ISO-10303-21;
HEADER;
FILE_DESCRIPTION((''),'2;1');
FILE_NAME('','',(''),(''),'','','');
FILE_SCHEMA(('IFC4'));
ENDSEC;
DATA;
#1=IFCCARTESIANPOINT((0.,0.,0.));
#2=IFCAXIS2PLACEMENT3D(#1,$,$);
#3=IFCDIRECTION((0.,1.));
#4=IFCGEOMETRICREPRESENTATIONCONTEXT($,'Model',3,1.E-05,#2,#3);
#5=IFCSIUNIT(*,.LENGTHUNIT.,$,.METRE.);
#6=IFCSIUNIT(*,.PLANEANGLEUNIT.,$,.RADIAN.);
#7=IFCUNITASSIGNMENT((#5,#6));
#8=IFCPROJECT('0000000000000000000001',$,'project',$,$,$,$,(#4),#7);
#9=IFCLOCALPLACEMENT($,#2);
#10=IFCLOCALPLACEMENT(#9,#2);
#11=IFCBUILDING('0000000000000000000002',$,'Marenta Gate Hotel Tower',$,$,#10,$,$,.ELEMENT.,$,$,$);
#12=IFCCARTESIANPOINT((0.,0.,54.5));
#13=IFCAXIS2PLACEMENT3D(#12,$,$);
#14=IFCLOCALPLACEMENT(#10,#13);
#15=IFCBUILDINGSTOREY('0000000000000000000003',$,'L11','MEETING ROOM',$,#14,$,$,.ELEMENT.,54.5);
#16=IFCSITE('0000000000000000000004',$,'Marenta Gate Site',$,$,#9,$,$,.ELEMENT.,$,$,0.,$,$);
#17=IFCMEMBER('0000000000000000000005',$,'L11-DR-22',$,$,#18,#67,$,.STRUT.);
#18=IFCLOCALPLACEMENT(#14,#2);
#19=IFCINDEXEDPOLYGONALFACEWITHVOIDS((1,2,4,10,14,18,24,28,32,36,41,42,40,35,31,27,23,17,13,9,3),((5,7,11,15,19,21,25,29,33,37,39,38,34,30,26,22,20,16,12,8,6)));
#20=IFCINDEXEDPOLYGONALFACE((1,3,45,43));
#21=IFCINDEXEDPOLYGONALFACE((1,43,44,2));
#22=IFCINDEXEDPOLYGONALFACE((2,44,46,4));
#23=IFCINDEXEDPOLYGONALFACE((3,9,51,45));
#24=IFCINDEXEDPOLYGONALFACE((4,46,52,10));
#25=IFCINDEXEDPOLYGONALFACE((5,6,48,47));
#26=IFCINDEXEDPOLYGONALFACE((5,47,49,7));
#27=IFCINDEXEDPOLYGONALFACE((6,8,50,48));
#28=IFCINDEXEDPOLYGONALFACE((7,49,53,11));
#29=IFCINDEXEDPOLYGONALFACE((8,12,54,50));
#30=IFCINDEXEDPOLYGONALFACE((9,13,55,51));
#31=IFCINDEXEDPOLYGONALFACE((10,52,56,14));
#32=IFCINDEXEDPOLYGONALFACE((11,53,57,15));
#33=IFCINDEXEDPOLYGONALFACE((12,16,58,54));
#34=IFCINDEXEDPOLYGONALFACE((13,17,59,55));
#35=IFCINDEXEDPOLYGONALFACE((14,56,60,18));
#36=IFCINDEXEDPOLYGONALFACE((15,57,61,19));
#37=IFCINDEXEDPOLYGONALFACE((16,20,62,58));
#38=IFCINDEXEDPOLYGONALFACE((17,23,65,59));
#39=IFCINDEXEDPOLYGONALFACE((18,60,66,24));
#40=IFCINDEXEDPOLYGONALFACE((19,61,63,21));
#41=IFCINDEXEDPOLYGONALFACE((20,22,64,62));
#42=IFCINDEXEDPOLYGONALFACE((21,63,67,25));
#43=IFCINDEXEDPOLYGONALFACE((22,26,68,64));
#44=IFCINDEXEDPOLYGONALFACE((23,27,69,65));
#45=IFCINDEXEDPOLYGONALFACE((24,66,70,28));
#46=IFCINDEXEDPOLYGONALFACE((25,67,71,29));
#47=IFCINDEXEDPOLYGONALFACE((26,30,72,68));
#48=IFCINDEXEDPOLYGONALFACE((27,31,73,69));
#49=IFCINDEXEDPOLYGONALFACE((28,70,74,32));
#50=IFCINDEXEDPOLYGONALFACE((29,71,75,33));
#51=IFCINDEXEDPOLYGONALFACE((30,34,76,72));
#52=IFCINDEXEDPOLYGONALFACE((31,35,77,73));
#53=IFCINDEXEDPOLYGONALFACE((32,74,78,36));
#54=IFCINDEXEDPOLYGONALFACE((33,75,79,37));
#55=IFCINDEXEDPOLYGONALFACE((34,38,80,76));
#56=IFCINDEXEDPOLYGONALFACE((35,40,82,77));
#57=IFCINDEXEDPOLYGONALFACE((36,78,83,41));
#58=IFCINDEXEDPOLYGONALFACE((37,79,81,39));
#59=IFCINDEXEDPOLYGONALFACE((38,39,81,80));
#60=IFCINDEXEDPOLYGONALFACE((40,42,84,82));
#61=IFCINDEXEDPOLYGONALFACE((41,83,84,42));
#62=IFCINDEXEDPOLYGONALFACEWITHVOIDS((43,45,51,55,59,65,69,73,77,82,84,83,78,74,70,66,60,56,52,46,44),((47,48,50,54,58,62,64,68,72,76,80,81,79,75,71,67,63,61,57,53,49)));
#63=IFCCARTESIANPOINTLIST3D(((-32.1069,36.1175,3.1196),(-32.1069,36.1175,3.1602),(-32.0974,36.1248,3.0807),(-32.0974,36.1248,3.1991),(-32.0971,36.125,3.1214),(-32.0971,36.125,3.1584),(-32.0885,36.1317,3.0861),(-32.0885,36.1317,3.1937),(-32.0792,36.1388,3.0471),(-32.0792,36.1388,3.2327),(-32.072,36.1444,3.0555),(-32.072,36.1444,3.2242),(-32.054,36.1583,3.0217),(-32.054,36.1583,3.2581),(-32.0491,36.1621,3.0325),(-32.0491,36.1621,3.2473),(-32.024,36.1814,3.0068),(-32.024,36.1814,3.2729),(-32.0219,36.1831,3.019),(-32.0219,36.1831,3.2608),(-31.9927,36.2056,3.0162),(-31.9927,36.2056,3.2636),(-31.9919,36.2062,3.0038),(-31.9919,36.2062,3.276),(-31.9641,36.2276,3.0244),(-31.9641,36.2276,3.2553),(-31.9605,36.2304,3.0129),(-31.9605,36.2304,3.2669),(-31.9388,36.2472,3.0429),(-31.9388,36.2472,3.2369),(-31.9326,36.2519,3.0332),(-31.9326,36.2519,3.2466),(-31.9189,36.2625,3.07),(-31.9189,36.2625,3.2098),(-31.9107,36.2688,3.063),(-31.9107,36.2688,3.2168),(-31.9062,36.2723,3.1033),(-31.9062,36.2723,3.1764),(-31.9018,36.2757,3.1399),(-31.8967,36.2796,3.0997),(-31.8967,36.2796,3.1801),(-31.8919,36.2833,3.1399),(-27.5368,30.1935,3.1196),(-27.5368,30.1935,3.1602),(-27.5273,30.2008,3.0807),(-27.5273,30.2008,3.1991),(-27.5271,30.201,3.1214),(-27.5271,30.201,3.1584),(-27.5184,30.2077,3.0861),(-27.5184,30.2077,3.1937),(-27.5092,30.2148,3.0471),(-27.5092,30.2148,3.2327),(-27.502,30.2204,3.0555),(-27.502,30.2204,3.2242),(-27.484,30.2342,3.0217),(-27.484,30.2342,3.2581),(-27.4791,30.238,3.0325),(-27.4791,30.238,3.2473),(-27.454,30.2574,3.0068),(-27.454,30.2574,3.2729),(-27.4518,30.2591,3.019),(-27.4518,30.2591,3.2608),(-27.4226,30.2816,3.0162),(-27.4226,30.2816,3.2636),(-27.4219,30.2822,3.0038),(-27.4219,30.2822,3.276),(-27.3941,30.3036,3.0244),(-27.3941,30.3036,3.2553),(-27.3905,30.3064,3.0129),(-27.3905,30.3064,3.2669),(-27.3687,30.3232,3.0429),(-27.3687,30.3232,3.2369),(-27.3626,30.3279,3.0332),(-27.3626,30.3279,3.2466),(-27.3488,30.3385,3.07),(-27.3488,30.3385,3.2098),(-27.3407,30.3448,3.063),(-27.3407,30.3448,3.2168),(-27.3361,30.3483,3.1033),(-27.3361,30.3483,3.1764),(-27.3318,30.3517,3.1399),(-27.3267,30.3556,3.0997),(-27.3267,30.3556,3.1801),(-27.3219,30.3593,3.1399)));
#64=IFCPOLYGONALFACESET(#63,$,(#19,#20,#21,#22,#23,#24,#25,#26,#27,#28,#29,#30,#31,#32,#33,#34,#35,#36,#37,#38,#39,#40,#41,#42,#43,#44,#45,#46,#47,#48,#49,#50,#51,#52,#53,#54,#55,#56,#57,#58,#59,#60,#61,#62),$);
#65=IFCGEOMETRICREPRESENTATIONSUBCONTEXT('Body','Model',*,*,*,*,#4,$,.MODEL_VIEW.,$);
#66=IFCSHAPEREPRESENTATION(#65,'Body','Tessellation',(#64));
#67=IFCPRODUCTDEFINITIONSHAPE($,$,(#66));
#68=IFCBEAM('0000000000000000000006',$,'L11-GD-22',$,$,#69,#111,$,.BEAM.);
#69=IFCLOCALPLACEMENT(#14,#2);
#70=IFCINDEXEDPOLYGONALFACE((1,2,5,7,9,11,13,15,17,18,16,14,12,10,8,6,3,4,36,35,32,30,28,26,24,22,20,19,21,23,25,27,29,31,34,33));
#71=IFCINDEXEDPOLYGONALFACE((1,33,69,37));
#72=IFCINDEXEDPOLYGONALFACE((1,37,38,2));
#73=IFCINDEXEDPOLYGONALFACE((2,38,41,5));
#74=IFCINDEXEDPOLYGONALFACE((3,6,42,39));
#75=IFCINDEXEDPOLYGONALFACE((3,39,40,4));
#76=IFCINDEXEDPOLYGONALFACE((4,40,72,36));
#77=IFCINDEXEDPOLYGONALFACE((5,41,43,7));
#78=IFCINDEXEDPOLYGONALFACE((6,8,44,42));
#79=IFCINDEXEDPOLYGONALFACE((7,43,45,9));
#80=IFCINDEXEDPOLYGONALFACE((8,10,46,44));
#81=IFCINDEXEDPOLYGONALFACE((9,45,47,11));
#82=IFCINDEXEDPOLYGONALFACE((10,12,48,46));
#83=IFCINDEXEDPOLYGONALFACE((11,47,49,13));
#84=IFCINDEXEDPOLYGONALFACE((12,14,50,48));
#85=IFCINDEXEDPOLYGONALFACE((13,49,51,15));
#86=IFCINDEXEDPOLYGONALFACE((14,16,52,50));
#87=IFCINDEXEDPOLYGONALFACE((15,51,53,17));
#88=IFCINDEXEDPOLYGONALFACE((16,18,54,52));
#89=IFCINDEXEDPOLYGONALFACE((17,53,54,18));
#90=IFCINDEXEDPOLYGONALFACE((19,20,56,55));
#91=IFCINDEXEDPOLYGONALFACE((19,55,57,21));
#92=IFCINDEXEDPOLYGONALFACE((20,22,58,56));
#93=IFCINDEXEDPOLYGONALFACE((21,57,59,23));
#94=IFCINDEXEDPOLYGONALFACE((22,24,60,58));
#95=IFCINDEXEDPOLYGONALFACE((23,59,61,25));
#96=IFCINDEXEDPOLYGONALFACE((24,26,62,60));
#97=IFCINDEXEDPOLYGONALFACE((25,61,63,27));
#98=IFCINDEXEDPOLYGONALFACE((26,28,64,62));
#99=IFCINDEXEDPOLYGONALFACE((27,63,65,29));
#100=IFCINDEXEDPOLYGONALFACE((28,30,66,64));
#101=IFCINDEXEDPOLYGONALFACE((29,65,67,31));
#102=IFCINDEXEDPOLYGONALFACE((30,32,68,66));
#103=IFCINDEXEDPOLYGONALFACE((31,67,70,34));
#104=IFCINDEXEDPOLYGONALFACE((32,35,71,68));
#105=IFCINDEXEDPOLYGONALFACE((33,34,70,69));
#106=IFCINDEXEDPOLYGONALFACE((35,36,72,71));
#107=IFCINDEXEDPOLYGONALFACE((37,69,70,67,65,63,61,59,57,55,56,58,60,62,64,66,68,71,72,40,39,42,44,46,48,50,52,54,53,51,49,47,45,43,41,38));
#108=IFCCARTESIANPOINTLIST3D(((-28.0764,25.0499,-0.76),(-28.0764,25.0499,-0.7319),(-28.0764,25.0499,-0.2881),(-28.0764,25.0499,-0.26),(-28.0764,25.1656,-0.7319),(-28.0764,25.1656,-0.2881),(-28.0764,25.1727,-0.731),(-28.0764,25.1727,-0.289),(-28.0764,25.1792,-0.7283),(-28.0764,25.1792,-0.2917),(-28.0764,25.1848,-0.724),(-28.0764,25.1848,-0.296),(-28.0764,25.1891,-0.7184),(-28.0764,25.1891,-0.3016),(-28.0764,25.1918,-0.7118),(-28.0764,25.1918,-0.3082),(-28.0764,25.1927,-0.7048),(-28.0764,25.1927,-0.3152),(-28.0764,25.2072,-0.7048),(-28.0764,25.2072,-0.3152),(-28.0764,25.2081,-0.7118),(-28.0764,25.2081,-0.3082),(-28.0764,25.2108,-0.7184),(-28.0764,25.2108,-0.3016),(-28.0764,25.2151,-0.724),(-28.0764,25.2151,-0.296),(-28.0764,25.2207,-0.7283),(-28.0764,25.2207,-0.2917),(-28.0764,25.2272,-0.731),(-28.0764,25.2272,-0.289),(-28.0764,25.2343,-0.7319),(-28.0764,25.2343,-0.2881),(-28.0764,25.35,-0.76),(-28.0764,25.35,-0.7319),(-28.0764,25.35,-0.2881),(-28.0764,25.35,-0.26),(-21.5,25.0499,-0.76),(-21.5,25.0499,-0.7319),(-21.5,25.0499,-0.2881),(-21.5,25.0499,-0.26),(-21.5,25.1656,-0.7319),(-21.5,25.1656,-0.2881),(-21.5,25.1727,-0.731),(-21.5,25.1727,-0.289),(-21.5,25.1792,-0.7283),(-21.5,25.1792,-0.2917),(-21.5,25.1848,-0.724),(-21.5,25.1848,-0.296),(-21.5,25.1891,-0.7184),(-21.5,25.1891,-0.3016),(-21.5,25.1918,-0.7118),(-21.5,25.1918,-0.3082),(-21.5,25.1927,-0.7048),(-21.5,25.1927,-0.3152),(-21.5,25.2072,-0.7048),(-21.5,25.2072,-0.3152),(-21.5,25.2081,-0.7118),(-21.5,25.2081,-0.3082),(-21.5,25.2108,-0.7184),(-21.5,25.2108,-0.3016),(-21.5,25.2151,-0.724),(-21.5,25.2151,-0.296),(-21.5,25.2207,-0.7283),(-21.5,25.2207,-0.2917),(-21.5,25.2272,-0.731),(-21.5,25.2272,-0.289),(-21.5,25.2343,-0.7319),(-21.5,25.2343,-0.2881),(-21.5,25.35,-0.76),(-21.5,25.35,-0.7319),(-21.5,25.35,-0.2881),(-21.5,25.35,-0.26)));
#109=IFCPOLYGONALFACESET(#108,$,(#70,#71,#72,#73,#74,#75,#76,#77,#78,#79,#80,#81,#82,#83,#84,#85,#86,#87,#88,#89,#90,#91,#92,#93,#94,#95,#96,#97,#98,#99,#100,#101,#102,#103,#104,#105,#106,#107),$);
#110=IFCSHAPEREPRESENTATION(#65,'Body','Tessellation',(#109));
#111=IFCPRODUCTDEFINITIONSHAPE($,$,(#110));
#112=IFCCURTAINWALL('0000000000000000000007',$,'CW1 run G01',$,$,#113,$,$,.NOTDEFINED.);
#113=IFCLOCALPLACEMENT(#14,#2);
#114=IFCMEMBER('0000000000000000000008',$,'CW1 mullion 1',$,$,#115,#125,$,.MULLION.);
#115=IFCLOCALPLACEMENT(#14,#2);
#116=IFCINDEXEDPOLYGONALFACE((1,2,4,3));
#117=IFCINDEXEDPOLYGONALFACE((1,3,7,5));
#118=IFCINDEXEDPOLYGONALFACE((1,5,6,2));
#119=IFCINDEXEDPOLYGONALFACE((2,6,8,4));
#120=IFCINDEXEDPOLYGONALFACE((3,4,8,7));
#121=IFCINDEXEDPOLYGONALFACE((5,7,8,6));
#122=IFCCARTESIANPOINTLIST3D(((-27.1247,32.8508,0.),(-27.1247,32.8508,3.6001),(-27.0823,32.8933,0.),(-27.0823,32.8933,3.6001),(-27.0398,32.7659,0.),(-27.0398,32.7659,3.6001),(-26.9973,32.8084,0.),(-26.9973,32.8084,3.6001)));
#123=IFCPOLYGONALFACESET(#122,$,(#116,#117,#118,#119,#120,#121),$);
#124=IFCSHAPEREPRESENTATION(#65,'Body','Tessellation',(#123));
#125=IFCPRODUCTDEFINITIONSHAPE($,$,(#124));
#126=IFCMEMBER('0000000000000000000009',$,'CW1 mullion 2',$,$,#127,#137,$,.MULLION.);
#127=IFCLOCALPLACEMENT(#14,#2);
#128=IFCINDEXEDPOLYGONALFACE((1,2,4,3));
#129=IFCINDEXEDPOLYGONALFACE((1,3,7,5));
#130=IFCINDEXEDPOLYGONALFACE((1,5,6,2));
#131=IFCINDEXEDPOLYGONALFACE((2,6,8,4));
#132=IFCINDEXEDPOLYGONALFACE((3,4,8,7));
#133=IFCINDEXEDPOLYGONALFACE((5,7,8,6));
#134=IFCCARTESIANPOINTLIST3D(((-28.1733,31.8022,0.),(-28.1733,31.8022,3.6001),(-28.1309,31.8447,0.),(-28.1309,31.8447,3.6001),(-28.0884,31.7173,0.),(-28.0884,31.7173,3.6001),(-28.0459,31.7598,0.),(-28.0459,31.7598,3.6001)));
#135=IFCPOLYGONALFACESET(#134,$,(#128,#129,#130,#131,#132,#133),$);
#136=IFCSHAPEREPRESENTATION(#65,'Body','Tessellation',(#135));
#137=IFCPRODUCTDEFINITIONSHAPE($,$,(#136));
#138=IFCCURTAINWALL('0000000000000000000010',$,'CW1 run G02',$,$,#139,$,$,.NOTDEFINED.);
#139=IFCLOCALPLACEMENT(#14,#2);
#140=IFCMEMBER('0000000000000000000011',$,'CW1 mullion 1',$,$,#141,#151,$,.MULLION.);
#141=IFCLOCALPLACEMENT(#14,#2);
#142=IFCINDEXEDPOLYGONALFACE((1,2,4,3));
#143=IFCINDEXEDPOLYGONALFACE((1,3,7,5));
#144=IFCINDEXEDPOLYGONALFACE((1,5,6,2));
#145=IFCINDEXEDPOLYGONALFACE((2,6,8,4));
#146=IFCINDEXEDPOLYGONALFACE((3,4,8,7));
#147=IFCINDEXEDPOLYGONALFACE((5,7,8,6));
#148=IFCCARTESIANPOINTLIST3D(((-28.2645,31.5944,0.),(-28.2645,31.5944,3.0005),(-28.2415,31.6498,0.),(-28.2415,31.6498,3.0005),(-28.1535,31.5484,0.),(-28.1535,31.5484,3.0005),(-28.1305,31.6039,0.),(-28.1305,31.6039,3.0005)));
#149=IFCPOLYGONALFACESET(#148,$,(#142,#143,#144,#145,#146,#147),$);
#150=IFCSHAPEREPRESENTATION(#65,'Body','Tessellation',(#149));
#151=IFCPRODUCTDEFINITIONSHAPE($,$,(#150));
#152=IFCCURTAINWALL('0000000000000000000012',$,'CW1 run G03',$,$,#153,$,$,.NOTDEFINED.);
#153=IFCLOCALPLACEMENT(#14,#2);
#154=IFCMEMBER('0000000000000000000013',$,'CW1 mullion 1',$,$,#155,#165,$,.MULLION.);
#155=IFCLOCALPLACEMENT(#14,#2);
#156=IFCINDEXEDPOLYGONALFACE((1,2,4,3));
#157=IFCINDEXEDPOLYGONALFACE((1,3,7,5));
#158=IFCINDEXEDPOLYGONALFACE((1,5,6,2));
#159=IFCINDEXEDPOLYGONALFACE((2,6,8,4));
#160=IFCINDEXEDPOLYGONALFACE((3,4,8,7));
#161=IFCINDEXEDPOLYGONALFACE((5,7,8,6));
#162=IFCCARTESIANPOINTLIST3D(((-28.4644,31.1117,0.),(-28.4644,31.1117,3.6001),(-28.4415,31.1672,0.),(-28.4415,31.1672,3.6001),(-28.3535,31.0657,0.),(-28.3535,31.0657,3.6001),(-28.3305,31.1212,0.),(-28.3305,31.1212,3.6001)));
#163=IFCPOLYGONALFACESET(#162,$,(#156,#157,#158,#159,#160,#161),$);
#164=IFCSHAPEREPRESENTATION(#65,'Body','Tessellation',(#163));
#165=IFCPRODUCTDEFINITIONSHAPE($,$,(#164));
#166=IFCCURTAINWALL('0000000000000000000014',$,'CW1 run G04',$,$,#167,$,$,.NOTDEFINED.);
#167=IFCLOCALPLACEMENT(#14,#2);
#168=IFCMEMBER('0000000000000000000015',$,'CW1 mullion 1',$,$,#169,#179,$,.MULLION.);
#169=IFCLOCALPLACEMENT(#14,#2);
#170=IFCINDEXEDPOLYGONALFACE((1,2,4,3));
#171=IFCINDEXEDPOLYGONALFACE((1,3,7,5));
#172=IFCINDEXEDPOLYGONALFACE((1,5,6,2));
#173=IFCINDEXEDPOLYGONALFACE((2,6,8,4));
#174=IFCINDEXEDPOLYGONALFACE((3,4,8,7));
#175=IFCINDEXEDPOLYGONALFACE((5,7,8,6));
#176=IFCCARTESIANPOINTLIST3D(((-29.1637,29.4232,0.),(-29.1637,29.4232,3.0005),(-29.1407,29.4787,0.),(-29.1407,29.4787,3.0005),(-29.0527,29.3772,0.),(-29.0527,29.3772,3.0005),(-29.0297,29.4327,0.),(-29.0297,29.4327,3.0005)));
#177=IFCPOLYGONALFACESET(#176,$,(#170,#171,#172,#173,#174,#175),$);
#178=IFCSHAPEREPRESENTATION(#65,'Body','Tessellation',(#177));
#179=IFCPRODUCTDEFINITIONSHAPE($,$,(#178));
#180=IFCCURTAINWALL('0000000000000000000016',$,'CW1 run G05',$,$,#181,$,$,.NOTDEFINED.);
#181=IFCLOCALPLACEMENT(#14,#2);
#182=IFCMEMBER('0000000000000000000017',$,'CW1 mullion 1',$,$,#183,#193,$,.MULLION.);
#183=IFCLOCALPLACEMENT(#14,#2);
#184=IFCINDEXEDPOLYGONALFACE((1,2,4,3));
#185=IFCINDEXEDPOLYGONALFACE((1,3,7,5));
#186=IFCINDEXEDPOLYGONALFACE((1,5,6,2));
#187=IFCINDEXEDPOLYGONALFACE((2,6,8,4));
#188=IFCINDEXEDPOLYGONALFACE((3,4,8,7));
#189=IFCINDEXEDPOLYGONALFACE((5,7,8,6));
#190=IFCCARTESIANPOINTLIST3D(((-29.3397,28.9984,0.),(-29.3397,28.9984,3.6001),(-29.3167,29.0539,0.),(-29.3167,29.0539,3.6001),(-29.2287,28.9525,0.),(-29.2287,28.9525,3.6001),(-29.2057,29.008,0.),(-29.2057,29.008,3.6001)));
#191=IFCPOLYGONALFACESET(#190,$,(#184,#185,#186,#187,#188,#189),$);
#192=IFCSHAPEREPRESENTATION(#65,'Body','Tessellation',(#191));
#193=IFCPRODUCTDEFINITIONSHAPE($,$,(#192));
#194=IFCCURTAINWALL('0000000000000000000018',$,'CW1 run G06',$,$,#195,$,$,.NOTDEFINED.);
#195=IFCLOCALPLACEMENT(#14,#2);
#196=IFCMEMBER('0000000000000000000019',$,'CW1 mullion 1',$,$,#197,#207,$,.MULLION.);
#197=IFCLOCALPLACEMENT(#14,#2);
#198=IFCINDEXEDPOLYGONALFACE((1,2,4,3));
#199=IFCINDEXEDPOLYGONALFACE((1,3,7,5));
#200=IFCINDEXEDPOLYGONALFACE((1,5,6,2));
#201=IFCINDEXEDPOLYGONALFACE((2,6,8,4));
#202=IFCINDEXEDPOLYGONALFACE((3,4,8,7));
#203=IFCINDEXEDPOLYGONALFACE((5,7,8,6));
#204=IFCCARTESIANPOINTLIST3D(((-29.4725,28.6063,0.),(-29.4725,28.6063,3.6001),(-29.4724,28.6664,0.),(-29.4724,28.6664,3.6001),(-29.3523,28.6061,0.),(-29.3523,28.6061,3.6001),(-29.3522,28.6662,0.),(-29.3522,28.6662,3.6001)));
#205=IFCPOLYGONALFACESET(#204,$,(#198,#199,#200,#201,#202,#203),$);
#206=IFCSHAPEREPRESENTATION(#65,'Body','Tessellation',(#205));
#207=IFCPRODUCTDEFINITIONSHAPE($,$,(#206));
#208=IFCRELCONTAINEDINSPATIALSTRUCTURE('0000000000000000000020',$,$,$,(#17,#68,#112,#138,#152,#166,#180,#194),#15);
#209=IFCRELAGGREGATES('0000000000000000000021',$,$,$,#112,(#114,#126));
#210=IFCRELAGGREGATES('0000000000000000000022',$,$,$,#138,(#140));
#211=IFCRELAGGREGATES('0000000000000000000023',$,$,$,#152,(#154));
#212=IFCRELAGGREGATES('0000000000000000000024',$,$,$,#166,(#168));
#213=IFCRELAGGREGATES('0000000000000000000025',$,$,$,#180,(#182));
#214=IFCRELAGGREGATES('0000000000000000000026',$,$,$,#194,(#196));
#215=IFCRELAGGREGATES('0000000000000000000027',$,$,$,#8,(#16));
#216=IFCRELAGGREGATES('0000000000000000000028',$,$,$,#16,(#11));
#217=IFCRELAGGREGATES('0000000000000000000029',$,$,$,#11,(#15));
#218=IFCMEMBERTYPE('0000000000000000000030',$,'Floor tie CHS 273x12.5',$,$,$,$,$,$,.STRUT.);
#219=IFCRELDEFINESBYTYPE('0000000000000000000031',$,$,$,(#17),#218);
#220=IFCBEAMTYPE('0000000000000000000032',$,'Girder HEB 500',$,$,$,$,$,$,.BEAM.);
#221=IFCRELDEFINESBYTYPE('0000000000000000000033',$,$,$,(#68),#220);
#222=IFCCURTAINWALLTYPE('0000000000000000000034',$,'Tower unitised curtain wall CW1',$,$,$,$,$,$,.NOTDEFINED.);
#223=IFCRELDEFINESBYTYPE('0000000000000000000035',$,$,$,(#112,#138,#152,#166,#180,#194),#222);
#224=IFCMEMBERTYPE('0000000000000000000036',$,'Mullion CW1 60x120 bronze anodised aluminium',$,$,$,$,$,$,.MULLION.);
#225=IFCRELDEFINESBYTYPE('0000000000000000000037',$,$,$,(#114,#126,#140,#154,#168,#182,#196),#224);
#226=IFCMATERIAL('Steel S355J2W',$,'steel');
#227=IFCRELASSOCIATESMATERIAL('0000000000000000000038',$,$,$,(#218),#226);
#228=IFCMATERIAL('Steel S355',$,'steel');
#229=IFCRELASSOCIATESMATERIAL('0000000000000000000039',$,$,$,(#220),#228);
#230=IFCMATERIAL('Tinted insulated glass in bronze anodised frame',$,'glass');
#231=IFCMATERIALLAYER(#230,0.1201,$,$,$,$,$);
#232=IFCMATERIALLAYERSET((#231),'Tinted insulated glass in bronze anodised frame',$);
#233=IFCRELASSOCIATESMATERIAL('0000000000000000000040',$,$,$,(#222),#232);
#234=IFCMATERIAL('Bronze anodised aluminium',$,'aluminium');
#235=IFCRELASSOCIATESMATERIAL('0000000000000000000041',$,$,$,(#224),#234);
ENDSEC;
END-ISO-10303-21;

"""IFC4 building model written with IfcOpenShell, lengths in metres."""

from ifc_helpers import new_model, si_unit, direction, frame, origin, origin_2d, place, context, subcontext, project, spatial, rectangle, hollow_circle, i_section, extrude, material, layer, layer_set, material_profile, profile_set, type_object, element, aggregate, save


model = new_model("IFC4")

# Units and contexts
model_context = context("Model", 3, precision=1e-05, world=origin(), true_north=direction((0.0, 1.0)))
body_context = subcontext(model_context, "Body", "Model", "MODEL_VIEW")
ifc_project = project(units=[si_unit("LENGTHUNIT", "METRE"), si_unit("PLANEANGLEUNIT", "RADIAN")], contexts=[model_context])

# Site, building, storey
site_placement = place(None, origin())
site = spatial("IfcSite", under=ifc_project, at=site_placement, Name="Marenta Gate Site", CompositionType="ELEMENT", RefElevation=0.0)
building_placement = place(site_placement, origin())
building = spatial("IfcBuilding", under=site, at=building_placement, Name="Marenta Gate Hotel Tower", CompositionType="ELEMENT")
storey_placement = place(building_placement, frame((0.0, 0.0, 54.5)))
storey = spatial("IfcBuildingStorey", under=building, at=storey_placement, Name="L11", Description="MEETING ROOM", CompositionType="ELEMENT", Elevation=54.5)

# Member
ifc_material_1 = material(Name="Steel S355J2W", Category="steel")
ifc_material_profile_1 = material_profile(ifc_material_1, hollow_circle(Radius=0.1365, WallThickness=0.0125, at=origin_2d()), Name="CHS 273x12.5")
ifc_profile_set_1 = profile_set([ifc_material_profile_1], Name="Steel S355J2W")
member_type_1 = type_object("IfcMemberType", Name="Floor tie CHS 273x12.5", PredefinedType="STRUT", material=ifc_profile_set_1)
member_1_placement = place(storey_placement, frame((-32.0, 36.2, 3.1399), z_axis=(0.610809, -0.791778, 0.0), x_axis=(0.791778, 0.610809, 0.0)))
element("IfcMember", 1, at=member_1_placement, inside=storey, type_object=member_type_1, Name="L11-DR-22", PredefinedType="STRUT", context=body_context, shape_type="SweptSolid", body=[
    extrude(hollow_circle(Radius=0.1365, WallThickness=0.0125, at=origin_2d()), origin(), (0.0, 0.0, 1.0), 7.4819),
])

# Beam
ifc_material_2 = material(Name="Steel S355", Category="steel")
ifc_material_profile_2 = material_profile(ifc_material_2, i_section(OverallWidth=0.3, OverallDepth=0.5, WebThickness=0.0144, FlangeThickness=0.0281, FilletRadius=0.0271, at=origin_2d()), Name="HEB 500")
ifc_profile_set_2 = profile_set([ifc_material_profile_2], Name="Steel S355")
beam_type_1 = type_object("IfcBeamType", Name="Girder HEB 500", PredefinedType="BEAM", material=ifc_profile_set_2)
beam_1_placement = place(storey_placement, frame((-28.0764, 25.2, -0.51), z_axis=(1.0, 0.0, 0.0), x_axis=(0.0, 1.0, 0.0)))
element("IfcBeam", 2, at=beam_1_placement, inside=storey, type_object=beam_type_1, Name="L11-GD-22", PredefinedType="BEAM", context=body_context, shape_type="SweptSolid", body=[
    extrude(i_section(OverallWidth=0.3, OverallDepth=0.5, WebThickness=0.0144, FlangeThickness=0.0281, FilletRadius=0.0271, at=origin_2d()), origin(), (0.0, 0.0, 1.0), 6.5764),
])

# Curtain wall, members
ifc_material_3 = material(Name="Tinted insulated glass in bronze anodised frame", Category="glass")
ifc_layer_1 = layer(ifc_material_3, 0.1201)
ifc_layer_set_1 = layer_set([ifc_layer_1], Name="Tinted insulated glass in bronze anodised frame")
curtain_wall_type = type_object("IfcCurtainWallType", Name="Tower unitised curtain wall CW1", PredefinedType="NOTDEFINED", material=ifc_layer_set_1)
curtain_wall_1_placement = place(storey_placement, origin())
curtain_wall_1 = element("IfcCurtainWall", 3, at=curtain_wall_1_placement, inside=storey, type_object=curtain_wall_type, Name="CW1 run G01", PredefinedType="NOTDEFINED")
ifc_material_4 = material(Name="Bronze anodised aluminium", Category="aluminium")
ifc_material_profile_3 = material_profile(ifc_material_4, rectangle(XDim=0.1201, YDim=0.0601, at=origin_2d()), Name="Mullion CW1 60x120 bronze anodised aluminium")
ifc_profile_set_3 = profile_set([ifc_material_profile_3], Name="Bronze anodised aluminium")
member_type_2 = type_object("IfcMemberType", Name="Mullion CW1 60x120 bronze anodised aluminium", PredefinedType="MULLION", material=ifc_profile_set_3)
member_2_placement = place(storey_placement, frame((-27.061, 32.8296, 0.0), z_axis=(0.0, 0.0, 1.0), x_axis=(0.707107, -0.707107, 0.0)))
member_2 = element("IfcMember", 4, at=member_2_placement, type_object=member_type_2, Name="CW1 mullion 1", PredefinedType="MULLION", context=body_context, shape_type="SweptSolid", body=[
    extrude(rectangle(XDim=0.1201, YDim=0.0601, at=origin_2d()), origin(), (0.0, 0.0, 1.0), 3.6001),
])
member_3_placement = place(storey_placement, frame((-28.1096, 31.781, 0.0), z_axis=(0.0, 0.0, 1.0), x_axis=(0.707107, -0.707107, 0.0)))
member_3 = element("IfcMember", 5, at=member_3_placement, type_object=member_type_2, Name="CW1 mullion 2", PredefinedType="MULLION", context=body_context, shape_type="SweptSolid", body=[
    extrude(rectangle(XDim=0.1201, YDim=0.0601, at=origin_2d()), origin(), (0.0, 0.0, 1.0), 3.6001),
])

# Curtain walls, members
curtain_wall_2_placement = place(storey_placement, origin())
curtain_wall_2 = element("IfcCurtainWall", 6, at=curtain_wall_2_placement, inside=storey, type_object=curtain_wall_type, Name="CW1 run G02", PredefinedType="NOTDEFINED")
member_4_placement = place(storey_placement, frame((-28.1975, 31.5991, 0.0), z_axis=(0.0, 0.0, 1.0), x_axis=(0.923879, -0.382684, 0.0)))
member_4 = element("IfcMember", 7, at=member_4_placement, type_object=member_type_2, Name="CW1 mullion 1", PredefinedType="MULLION", context=body_context, shape_type="SweptSolid", body=[
    extrude(rectangle(XDim=0.1201, YDim=0.0601, at=origin_2d()), origin(), (0.0, 0.0, 1.0), 3.0005),
])
curtain_wall_3_placement = place(storey_placement, origin())
curtain_wall_3 = element("IfcCurtainWall", 8, at=curtain_wall_3_placement, inside=storey, type_object=curtain_wall_type, Name="CW1 run G03", PredefinedType="NOTDEFINED")
member_5_placement = place(storey_placement, frame((-28.3975, 31.1165, 0.0), z_axis=(0.0, 0.0, 1.0), x_axis=(0.923879, -0.382684, 0.0)))
member_5 = element("IfcMember", 9, at=member_5_placement, type_object=member_type_2, Name="CW1 mullion 1", PredefinedType="MULLION", context=body_context, shape_type="SweptSolid", body=[
    extrude(rectangle(XDim=0.1201, YDim=0.0601, at=origin_2d()), origin(), (0.0, 0.0, 1.0), 3.6001),
])
curtain_wall_4_placement = place(storey_placement, origin())
curtain_wall_4 = element("IfcCurtainWall", 10, at=curtain_wall_4_placement, inside=storey, type_object=curtain_wall_type, Name="CW1 run G04", PredefinedType="NOTDEFINED")
member_6_placement = place(storey_placement, frame((-29.0967, 29.428, 0.0), z_axis=(0.0, 0.0, 1.0), x_axis=(0.923815, -0.382838, 0.0)))
member_6 = element("IfcMember", 11, at=member_6_placement, type_object=member_type_2, Name="CW1 mullion 1", PredefinedType="MULLION", context=body_context, shape_type="SweptSolid", body=[
    extrude(rectangle(XDim=0.1201, YDim=0.0601, at=origin_2d()), origin(), (0.0, 0.0, 1.0), 3.0005),
])
curtain_wall_5_placement = place(storey_placement, origin())
curtain_wall_5 = element("IfcCurtainWall", 12, at=curtain_wall_5_placement, inside=storey, type_object=curtain_wall_type, Name="CW1 run G05", PredefinedType="NOTDEFINED")
member_7_placement = place(storey_placement, frame((-29.2727, 29.0032, 0.0), z_axis=(0.0, 0.0, 1.0), x_axis=(0.923974, -0.382456, 0.0)))
member_7 = element("IfcMember", 13, at=member_7_placement, type_object=member_type_2, Name="CW1 mullion 1", PredefinedType="MULLION", context=body_context, shape_type="SweptSolid", body=[
    extrude(rectangle(XDim=0.1201, YDim=0.0601, at=origin_2d()), origin(), (0.0, 0.0, 1.0), 3.6001),
])

# Curtain wall, member
curtain_wall_6_placement = place(storey_placement, origin())
curtain_wall_6 = element("IfcCurtainWall", 14, at=curtain_wall_6_placement, inside=storey, type_object=curtain_wall_type, Name="CW1 run G06", PredefinedType="NOTDEFINED")
member_8_placement = place(storey_placement, frame((-29.4124, 28.6362, 0.0), z_axis=(0.0, 0.0, 1.0), x_axis=(0.999999, -0.00157, 0.0)))
member_8 = element("IfcMember", 15, at=member_8_placement, type_object=member_type_2, Name="CW1 mullion 1", PredefinedType="MULLION", context=body_context, shape_type="SweptSolid", body=[
    extrude(rectangle(XDim=0.1201, YDim=0.0601, at=origin_2d()), origin(), (0.0, 0.0, 1.0), 3.6001),
])

aggregate(curtain_wall_1, [member_2, member_3])
aggregate(curtain_wall_2, [member_4])
aggregate(curtain_wall_3, [member_5])
aggregate(curtain_wall_4, [member_6])
aggregate(curtain_wall_5, [member_7])
aggregate(curtain_wall_6, [member_8])

save(model, "model.ifc")
